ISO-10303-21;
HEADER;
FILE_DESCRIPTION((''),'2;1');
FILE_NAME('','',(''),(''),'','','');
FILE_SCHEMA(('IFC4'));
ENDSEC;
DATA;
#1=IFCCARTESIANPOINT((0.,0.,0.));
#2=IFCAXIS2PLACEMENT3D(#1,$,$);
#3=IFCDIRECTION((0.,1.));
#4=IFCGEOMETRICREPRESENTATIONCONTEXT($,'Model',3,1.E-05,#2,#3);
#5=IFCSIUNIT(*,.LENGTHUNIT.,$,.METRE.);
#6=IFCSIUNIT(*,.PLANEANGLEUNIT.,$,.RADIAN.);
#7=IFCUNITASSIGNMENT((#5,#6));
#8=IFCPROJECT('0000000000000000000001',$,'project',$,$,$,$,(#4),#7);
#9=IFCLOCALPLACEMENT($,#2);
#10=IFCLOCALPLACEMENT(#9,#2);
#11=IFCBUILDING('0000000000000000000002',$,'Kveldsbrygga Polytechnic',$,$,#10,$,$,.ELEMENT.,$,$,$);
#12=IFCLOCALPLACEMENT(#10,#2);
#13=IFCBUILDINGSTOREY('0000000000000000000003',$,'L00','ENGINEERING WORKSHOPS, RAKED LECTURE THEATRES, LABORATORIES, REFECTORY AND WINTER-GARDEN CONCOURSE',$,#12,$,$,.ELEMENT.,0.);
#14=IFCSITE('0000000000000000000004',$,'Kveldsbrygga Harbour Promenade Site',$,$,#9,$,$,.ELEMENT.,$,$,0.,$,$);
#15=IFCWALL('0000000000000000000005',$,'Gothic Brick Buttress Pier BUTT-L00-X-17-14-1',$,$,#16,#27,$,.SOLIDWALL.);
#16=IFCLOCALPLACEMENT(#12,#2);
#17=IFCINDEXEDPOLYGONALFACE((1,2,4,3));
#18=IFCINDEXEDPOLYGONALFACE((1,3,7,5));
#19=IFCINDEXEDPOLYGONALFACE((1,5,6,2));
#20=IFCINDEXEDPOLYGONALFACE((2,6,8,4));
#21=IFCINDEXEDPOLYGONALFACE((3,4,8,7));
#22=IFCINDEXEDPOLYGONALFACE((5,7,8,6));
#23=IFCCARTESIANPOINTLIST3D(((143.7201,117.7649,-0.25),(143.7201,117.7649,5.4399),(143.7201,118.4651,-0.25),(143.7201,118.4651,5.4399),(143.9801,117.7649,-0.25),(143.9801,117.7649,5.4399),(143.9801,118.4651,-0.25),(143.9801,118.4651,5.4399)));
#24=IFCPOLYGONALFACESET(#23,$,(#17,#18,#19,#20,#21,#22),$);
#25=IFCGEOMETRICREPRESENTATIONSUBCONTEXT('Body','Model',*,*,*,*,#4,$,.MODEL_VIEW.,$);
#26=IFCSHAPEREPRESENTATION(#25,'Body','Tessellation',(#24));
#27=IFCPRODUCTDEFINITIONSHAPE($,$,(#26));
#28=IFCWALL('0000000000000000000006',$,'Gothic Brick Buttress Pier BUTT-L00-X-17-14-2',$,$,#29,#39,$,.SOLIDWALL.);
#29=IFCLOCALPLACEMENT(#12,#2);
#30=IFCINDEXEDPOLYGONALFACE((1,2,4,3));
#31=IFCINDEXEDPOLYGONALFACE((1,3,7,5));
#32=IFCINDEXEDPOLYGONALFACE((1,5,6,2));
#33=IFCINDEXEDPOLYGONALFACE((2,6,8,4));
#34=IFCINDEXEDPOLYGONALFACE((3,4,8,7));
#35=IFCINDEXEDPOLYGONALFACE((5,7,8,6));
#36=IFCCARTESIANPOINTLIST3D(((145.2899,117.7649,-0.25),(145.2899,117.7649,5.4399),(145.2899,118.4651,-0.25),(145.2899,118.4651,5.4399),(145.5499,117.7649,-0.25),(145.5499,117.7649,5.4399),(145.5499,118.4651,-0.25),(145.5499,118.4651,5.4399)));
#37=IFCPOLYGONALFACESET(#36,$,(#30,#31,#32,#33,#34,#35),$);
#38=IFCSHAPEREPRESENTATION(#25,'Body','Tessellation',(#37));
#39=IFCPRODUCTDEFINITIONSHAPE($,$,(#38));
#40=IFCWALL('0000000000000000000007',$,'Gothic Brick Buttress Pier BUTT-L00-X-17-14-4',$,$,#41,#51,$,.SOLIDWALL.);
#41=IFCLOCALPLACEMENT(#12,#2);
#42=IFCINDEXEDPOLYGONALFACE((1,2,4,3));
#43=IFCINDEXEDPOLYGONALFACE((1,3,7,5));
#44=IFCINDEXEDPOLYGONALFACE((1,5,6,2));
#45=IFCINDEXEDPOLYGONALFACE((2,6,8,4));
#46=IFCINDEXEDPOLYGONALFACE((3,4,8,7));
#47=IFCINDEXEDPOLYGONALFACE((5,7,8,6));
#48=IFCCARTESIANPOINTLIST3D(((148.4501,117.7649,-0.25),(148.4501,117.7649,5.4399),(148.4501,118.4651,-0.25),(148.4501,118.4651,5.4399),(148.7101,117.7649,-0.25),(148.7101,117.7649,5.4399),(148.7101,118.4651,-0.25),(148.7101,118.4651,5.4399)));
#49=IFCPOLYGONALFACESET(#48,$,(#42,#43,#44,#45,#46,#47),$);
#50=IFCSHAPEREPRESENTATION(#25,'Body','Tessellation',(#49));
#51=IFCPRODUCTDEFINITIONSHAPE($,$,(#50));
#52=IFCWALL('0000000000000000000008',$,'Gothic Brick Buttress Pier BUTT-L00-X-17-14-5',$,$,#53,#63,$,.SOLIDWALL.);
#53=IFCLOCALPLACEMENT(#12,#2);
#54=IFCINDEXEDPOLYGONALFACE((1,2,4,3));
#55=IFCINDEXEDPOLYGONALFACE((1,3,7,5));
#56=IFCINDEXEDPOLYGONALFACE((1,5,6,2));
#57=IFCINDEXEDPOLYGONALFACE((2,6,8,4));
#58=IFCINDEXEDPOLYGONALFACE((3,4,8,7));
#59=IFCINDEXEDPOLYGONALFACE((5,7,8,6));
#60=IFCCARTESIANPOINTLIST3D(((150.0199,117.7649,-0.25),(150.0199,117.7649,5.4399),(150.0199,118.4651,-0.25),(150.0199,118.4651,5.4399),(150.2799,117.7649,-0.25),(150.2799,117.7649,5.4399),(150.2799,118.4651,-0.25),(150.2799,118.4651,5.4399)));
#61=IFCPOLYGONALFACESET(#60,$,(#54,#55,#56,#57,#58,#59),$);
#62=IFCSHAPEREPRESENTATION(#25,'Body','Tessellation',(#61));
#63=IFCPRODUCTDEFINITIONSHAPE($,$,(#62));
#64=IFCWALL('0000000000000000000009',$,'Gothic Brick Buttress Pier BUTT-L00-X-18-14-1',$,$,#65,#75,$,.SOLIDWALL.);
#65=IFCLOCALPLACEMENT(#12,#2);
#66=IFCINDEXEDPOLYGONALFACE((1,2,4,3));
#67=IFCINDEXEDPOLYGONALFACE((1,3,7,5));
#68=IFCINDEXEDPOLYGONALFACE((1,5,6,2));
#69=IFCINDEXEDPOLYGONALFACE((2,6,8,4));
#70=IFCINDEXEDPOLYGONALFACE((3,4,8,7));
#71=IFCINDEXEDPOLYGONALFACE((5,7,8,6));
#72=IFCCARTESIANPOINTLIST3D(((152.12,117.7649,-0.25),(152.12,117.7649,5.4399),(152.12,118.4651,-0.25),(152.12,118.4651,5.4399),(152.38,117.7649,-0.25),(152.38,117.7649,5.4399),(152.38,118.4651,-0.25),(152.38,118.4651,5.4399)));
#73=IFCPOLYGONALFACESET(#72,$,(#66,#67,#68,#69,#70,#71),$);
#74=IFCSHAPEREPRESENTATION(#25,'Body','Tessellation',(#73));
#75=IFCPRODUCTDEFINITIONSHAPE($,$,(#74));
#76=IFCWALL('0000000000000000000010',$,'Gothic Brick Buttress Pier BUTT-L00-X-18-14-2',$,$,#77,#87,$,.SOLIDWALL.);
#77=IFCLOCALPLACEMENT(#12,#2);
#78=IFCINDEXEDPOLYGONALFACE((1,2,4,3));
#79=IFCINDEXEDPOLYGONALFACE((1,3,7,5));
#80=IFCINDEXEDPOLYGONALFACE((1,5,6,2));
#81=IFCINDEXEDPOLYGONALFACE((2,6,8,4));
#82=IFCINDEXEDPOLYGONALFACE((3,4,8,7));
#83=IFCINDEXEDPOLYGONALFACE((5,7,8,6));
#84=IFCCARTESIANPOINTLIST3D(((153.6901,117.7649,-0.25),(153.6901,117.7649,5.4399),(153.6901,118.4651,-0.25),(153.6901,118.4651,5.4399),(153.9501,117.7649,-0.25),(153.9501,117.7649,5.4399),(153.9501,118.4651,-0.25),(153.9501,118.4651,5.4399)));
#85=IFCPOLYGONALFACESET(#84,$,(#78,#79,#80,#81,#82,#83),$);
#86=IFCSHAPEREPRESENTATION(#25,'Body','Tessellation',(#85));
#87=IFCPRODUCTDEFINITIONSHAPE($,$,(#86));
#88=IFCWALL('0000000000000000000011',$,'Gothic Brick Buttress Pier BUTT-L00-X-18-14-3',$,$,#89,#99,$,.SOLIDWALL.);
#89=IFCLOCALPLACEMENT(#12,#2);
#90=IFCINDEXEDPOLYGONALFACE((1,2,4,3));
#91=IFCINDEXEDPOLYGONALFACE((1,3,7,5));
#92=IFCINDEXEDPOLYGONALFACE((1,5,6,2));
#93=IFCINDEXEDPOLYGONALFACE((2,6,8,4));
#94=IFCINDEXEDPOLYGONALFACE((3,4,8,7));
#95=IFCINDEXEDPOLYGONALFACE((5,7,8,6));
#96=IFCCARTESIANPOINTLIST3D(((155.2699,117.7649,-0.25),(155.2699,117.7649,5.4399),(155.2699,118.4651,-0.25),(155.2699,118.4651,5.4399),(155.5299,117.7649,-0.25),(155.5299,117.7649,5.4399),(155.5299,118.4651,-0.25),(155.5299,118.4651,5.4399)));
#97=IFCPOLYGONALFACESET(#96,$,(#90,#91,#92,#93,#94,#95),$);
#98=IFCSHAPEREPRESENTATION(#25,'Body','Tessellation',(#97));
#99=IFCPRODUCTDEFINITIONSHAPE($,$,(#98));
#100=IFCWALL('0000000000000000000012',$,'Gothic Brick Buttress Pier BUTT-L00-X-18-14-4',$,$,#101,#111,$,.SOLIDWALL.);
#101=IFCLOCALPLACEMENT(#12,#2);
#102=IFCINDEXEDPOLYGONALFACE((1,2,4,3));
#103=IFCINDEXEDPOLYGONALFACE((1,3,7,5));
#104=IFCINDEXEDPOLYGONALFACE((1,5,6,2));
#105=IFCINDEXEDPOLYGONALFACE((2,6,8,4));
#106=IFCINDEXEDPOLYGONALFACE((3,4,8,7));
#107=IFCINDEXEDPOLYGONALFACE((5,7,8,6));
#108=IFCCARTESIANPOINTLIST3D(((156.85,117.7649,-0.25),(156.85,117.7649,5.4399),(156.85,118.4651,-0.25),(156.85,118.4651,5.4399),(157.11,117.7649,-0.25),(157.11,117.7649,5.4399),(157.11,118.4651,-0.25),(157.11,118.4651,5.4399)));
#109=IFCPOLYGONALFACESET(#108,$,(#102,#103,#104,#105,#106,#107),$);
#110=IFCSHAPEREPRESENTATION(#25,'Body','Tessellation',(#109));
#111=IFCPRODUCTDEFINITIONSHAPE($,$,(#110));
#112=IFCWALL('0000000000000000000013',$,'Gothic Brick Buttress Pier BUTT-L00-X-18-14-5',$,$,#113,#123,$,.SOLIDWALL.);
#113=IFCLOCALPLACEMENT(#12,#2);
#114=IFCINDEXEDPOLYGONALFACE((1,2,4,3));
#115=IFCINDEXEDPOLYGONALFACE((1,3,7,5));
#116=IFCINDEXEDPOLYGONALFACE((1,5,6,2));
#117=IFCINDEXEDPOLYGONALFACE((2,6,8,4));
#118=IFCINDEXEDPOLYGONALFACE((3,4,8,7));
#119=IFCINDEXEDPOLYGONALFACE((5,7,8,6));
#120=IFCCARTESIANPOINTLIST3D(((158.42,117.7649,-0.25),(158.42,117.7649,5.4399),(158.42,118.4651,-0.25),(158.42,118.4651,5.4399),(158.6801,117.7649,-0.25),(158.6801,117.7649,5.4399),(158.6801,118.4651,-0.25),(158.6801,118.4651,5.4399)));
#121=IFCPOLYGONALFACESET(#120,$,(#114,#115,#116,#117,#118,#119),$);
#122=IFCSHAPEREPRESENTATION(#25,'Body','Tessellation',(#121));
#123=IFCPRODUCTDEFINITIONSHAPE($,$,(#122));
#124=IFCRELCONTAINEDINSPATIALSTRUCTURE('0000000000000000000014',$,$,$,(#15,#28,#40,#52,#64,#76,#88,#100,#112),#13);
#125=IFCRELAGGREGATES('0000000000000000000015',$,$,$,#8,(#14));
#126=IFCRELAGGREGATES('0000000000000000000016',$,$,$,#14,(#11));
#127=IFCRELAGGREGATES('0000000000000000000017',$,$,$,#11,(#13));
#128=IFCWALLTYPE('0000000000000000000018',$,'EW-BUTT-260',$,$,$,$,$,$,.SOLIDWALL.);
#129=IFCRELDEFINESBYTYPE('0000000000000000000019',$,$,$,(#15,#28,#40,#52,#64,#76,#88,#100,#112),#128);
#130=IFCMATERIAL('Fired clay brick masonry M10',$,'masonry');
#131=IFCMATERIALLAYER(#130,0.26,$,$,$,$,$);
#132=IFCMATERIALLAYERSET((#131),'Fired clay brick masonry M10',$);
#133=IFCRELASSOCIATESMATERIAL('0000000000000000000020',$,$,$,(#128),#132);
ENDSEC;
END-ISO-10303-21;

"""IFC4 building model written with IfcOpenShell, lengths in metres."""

from ifc_helpers import new_model, si_unit, direction, frame, frame_2d, origin, place, context, subcontext, project, spatial, rectangle, extrude, material, layer, layer_set, type_object, element, save


model = new_model("IFC4")

# Units and contexts
model_context = context("Model", 3, precision=1e-05, world=origin(), true_north=direction((0.0, 1.0)))
body_context = subcontext(model_context, "Body", "Model", "MODEL_VIEW")
ifc_project = project(units=[si_unit("LENGTHUNIT", "METRE"), si_unit("PLANEANGLEUNIT", "RADIAN")], contexts=[model_context])

# Site, building, storey
site_placement = place(None, origin())
site = spatial("IfcSite", under=ifc_project, at=site_placement, Name="Kveldsbrygga Harbour Promenade Site", CompositionType="ELEMENT", RefElevation=0.0)
building_placement = place(site_placement, origin())
building = spatial("IfcBuilding", under=site, at=building_placement, Name="Kveldsbrygga Polytechnic", CompositionType="ELEMENT")
storey_placement = place(building_placement, origin())
storey = spatial("IfcBuildingStorey", under=building, at=storey_placement, Name="L00", Description="ENGINEERING WORKSHOPS, RAKED LECTURE THEATRES, LABORATORIES, REFECTORY AND WINTER-GARDEN CONCOURSE", CompositionType="ELEMENT", Elevation=0.0)

# Shared definitions
ifc_material_1 = material(Name="Fired clay brick masonry M10", Category="masonry")

# Walls
ifc_layer_1 = layer(ifc_material_1, 0.26)
ifc_layer_set_1 = layer_set([ifc_layer_1], Name="Fired clay brick masonry M10")
wall_type_1 = type_object("IfcWallType", Name="EW-BUTT-260", PredefinedType="SOLIDWALL", material=ifc_layer_set_1)
for number, where, z_axis, x_axis, name in (
    (1, (143.8501, 117.7649, -0.25), (0.0, 0.0, 1.0), (0.0, 1.0, 0.0), "Gothic Brick Buttress Pier BUTT-L00-X-17-14-1"),
    (2, (145.4199, 117.7649, -0.25), (0.0, 0.0, 1.0), (0.0, 1.0, 0.0), "Gothic Brick Buttress Pier BUTT-L00-X-17-14-2"),
    (3, (148.5801, 117.7649, -0.25), (0.0, 0.0, 1.0), (0.0, 1.0, 0.0), "Gothic Brick Buttress Pier BUTT-L00-X-17-14-4"),
    (4, (150.1499, 117.7649, -0.25), (0.0, 0.0, 1.0), (0.0, 1.0, 0.0), "Gothic Brick Buttress Pier BUTT-L00-X-17-14-5"),
    (5, (152.25, 117.7649, -0.25), (0.0, 0.0, 1.0), (0.0, 1.0, 0.0), "Gothic Brick Buttress Pier BUTT-L00-X-18-14-1"),
    (6, (153.8201, 117.7649, -0.25), (0.0, 0.0, 1.0), (0.0, 1.0, 0.0), "Gothic Brick Buttress Pier BUTT-L00-X-18-14-2"),
    (7, (155.3999, 117.7649, -0.25), (0.0, 0.0, 1.0), (0.0, 1.0, 0.0), "Gothic Brick Buttress Pier BUTT-L00-X-18-14-3"),
    (8, (156.98, 117.7649, -0.25), (0.0, 0.0, 1.0), (0.0, 1.0, 0.0), "Gothic Brick Buttress Pier BUTT-L00-X-18-14-4"),
    (9, (158.55, 117.7649, -0.25), (0.0, 0.0, 1.0), (0.0, 1.0, 0.0), "Gothic Brick Buttress Pier BUTT-L00-X-18-14-5"),
):
    element("IfcWall", number, at=place(storey_placement, frame(where, z_axis=z_axis, x_axis=x_axis)), inside=storey, type_object=wall_type_1, Name=name, PredefinedType="SOLIDWALL", context=body_context, shape_type="SweptSolid", body=[
        extrude(rectangle(XDim=0.7002, YDim=0.26, at=frame_2d((0.3501, 0.0))), origin(), (0.0, 0.0, 1.0), 5.6899),
    ])

save(model, "model.ifc")
